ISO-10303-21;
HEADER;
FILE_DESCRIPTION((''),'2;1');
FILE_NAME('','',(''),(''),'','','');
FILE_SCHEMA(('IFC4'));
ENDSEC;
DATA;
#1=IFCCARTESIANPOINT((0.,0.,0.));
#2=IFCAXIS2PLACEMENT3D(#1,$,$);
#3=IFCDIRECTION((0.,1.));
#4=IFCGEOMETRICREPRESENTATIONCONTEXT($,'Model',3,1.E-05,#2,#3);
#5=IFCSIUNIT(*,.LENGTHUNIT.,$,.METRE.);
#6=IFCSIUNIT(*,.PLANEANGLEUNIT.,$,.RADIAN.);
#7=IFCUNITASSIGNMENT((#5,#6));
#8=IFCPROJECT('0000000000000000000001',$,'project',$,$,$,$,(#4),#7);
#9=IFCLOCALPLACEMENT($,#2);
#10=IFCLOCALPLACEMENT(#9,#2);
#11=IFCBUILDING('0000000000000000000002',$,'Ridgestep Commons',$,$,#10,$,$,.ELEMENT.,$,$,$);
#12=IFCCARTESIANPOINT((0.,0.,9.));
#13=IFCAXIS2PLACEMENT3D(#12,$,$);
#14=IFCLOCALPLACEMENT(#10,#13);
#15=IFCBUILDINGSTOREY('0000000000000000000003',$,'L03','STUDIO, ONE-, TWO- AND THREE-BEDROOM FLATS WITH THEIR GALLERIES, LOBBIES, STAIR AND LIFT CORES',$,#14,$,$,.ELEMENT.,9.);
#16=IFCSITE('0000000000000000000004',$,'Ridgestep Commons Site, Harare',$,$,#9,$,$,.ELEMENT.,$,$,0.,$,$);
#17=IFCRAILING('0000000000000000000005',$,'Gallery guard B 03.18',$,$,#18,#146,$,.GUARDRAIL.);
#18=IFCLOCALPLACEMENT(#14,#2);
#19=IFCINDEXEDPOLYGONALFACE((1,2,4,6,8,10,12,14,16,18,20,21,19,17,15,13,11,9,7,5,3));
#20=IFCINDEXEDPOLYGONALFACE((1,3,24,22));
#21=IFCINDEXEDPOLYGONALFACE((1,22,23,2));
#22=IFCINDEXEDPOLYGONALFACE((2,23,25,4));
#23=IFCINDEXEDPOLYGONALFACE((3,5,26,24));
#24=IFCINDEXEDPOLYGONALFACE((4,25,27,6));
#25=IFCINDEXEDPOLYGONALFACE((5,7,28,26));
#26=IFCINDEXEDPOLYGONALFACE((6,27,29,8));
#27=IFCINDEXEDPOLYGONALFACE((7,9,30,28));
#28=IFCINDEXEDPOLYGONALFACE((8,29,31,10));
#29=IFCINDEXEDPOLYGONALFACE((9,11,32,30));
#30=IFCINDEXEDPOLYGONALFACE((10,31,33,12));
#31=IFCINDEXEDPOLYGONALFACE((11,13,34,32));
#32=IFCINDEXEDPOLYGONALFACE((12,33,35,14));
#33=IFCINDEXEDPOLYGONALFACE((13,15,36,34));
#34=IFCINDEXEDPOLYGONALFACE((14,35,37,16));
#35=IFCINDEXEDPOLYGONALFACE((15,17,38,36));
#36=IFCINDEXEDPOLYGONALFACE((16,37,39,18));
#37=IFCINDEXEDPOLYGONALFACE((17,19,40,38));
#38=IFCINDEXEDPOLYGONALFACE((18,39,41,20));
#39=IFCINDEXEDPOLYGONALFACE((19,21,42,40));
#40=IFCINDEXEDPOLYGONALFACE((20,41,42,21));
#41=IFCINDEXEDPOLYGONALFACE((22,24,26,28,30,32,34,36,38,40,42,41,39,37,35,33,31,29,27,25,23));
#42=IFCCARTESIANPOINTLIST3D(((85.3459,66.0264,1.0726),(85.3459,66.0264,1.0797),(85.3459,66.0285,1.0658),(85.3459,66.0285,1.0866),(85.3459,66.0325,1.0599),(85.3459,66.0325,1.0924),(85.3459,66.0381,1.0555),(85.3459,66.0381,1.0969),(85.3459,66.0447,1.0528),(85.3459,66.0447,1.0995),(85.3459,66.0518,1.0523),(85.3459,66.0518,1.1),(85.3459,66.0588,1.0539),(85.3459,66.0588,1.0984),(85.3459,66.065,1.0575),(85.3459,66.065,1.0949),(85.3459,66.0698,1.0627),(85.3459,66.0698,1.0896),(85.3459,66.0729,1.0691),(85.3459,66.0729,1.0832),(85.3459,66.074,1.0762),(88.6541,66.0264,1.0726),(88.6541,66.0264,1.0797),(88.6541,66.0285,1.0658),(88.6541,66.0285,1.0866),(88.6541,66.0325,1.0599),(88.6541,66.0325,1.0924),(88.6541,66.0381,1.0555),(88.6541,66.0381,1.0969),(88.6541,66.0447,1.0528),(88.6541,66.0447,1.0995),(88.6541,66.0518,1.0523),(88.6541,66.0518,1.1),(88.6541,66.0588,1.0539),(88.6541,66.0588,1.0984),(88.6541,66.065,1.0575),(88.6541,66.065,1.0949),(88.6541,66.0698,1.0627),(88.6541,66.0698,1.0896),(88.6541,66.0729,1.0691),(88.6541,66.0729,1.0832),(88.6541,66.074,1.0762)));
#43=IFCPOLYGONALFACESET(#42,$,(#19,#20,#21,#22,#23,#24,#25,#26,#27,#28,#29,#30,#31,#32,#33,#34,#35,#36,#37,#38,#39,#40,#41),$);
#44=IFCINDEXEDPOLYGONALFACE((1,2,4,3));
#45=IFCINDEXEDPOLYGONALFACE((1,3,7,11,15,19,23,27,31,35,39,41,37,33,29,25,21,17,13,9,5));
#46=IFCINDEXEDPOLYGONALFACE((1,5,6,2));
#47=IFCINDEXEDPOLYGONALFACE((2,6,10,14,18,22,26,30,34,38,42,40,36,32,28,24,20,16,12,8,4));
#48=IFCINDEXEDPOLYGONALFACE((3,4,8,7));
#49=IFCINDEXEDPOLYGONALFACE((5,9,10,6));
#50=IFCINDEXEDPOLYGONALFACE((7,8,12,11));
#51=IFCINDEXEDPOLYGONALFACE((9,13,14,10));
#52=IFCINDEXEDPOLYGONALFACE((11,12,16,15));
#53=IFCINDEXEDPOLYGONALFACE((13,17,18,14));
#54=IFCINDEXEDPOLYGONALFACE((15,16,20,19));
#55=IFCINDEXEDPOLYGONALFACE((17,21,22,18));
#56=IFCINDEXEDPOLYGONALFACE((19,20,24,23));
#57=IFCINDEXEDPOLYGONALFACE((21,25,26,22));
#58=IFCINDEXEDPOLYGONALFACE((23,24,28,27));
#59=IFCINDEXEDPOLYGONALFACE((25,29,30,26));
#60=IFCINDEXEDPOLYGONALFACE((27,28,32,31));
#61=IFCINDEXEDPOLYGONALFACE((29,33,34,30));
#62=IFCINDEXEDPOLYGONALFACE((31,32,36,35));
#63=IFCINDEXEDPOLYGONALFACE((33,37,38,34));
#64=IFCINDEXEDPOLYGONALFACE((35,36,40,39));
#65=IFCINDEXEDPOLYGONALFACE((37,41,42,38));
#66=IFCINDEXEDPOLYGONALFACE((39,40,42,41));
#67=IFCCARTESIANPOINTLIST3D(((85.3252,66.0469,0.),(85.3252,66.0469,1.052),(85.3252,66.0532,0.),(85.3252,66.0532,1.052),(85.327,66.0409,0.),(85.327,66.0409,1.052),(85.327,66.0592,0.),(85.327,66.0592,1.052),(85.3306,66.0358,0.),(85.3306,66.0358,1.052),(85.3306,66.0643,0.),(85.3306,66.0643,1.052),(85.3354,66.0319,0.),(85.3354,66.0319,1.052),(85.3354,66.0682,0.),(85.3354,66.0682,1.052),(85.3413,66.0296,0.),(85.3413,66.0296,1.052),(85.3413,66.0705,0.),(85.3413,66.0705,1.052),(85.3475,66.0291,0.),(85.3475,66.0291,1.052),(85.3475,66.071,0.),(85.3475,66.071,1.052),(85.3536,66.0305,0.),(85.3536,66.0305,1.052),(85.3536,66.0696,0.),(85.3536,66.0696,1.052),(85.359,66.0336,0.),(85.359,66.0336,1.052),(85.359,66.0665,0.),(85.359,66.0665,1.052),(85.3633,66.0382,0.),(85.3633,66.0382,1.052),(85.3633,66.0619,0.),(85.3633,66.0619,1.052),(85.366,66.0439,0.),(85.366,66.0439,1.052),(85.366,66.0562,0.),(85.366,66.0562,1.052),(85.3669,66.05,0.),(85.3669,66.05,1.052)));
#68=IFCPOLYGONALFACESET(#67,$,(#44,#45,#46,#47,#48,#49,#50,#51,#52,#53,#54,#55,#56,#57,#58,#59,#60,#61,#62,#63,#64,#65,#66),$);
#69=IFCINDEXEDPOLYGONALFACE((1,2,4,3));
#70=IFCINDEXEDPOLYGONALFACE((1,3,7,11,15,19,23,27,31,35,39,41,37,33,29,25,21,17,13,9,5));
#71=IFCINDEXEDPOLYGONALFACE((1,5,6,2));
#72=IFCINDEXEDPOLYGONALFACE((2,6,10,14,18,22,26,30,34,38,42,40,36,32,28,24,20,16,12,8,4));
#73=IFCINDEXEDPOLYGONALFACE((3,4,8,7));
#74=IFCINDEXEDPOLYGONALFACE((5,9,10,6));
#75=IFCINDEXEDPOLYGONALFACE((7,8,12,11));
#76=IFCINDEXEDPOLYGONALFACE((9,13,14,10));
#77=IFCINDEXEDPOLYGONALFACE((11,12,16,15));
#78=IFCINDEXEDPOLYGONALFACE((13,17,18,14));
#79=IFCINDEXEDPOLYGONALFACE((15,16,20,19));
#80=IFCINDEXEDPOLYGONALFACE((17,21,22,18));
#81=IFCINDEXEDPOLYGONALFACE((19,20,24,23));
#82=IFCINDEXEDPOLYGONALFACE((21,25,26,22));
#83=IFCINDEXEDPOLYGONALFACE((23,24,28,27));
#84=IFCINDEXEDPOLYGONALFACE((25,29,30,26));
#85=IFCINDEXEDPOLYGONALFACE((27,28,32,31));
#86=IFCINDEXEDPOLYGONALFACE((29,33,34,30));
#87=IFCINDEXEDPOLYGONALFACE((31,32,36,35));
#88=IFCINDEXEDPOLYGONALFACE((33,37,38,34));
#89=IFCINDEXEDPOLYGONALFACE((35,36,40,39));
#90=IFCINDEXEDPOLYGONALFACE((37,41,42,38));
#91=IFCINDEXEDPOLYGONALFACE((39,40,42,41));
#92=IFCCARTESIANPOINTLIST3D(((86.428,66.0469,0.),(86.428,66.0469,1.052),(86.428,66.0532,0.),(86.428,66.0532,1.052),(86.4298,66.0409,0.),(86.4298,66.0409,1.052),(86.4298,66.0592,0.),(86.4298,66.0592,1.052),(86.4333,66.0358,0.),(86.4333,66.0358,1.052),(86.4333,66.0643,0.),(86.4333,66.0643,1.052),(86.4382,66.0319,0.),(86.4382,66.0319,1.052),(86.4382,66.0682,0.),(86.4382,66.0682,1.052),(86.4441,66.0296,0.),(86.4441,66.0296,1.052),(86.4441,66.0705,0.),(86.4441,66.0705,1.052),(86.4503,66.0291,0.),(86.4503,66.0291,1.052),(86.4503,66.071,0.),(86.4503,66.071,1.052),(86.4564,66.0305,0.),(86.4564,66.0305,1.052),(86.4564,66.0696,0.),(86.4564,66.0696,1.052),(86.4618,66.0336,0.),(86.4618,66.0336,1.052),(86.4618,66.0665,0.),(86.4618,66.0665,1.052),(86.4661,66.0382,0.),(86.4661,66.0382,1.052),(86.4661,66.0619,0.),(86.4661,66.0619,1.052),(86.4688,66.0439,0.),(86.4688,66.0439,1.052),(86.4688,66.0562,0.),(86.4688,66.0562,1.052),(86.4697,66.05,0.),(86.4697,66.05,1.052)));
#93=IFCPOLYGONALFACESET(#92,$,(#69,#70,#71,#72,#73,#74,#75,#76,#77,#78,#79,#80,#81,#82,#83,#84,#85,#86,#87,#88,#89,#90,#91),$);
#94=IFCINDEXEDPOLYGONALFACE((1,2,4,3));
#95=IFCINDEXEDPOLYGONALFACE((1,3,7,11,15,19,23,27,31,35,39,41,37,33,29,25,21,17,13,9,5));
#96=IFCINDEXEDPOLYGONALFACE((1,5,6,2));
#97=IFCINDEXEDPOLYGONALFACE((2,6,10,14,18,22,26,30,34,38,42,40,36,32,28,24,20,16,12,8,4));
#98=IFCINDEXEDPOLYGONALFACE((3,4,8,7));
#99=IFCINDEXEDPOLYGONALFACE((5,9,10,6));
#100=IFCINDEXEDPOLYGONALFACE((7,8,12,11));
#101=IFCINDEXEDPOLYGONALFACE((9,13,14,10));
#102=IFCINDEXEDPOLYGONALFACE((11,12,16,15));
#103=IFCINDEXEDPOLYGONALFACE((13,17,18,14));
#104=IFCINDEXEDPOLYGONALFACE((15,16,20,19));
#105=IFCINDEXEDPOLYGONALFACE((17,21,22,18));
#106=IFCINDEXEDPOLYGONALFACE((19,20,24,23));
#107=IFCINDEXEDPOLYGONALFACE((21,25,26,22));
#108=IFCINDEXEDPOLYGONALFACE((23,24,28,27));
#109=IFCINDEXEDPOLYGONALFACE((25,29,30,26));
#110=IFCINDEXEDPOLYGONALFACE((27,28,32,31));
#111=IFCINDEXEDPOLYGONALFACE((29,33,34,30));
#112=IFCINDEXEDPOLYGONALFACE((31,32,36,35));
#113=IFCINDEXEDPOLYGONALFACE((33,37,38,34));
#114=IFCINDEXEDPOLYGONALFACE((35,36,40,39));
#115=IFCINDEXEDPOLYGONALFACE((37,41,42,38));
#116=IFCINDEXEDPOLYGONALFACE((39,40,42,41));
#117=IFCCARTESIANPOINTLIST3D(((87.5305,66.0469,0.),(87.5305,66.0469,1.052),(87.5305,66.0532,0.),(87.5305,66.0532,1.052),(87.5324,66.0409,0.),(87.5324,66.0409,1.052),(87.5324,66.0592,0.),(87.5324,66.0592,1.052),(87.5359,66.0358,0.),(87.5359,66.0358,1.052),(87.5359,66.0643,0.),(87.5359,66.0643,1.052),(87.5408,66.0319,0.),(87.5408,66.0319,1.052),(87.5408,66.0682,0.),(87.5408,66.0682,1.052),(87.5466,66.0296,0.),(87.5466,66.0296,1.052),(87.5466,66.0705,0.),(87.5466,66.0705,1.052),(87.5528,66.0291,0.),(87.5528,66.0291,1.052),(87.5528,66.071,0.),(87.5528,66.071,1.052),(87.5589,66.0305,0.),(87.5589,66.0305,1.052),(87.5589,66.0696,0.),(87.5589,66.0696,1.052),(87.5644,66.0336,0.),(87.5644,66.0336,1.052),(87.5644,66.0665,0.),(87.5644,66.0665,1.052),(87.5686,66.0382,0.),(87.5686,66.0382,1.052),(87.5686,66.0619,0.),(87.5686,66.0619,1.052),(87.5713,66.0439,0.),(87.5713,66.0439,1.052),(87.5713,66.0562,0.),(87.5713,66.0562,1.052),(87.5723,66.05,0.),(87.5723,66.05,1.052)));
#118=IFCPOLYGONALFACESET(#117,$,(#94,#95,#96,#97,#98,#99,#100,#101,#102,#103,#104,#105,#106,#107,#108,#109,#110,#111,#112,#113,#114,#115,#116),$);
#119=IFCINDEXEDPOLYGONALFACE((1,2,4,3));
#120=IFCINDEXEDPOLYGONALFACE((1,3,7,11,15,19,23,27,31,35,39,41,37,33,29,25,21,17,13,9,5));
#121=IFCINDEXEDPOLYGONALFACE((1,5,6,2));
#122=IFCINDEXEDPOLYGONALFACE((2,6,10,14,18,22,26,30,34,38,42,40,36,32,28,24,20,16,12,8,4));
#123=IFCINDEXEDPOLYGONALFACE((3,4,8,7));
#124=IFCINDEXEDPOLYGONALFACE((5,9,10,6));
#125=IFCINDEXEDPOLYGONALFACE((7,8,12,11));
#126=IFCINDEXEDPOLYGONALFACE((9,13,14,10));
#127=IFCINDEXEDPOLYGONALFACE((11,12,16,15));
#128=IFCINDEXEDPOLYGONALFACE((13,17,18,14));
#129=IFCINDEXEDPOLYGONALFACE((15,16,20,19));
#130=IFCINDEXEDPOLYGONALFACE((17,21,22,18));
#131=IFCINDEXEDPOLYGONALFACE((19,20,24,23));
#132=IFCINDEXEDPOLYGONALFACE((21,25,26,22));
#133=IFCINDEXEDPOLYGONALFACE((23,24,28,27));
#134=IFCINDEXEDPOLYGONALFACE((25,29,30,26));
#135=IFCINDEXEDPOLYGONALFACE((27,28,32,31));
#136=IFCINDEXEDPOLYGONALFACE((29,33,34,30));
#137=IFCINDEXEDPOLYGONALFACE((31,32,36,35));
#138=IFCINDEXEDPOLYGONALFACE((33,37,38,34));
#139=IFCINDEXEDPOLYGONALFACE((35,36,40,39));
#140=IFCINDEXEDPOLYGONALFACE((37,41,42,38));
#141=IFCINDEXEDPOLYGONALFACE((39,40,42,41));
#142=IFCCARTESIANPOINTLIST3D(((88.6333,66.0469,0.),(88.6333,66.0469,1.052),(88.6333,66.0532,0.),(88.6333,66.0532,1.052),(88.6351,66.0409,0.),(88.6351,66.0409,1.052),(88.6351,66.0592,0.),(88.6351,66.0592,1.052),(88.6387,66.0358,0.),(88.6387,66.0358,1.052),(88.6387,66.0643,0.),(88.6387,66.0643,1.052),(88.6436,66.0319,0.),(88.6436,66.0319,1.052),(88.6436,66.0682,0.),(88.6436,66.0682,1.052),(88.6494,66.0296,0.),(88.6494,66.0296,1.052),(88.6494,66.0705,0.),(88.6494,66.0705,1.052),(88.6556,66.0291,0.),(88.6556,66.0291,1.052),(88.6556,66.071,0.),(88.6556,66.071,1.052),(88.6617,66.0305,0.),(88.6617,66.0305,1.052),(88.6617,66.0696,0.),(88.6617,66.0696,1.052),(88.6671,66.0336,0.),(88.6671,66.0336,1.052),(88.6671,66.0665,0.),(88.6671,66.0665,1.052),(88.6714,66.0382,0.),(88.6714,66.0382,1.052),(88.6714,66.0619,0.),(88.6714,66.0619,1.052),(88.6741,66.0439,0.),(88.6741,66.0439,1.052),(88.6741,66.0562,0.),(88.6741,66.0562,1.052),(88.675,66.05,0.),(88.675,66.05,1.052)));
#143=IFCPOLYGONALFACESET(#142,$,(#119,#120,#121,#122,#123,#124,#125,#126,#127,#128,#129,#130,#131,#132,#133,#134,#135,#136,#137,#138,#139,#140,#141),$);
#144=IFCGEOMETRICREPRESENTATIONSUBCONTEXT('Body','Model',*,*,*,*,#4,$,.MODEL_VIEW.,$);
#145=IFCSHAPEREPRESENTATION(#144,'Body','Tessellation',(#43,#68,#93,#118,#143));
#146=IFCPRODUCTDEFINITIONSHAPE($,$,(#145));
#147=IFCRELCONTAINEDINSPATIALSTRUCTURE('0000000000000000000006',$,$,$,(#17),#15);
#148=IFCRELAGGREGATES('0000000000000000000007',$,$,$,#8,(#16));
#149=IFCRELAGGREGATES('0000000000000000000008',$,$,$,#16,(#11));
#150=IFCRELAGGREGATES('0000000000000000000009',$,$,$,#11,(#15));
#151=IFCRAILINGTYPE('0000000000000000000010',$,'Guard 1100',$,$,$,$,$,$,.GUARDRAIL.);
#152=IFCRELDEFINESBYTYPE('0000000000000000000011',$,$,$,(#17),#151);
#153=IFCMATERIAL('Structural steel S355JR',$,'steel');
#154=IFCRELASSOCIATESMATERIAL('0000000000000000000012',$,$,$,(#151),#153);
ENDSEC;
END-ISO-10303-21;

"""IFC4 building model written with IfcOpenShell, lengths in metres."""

from ifc_helpers import new_model, si_unit, direction, frame, origin, origin_2d, place, context, subcontext, project, spatial, circle, extrude, material, type_object, element, save


model = new_model("IFC4")

# Units and contexts
model_context = context("Model", 3, precision=1e-05, world=origin(), true_north=direction((0.0, 1.0)))
body_context = subcontext(model_context, "Body", "Model", "MODEL_VIEW")
ifc_project = project(units=[si_unit("LENGTHUNIT", "METRE"), si_unit("PLANEANGLEUNIT", "RADIAN")], contexts=[model_context])

# Site, building, storey
site_placement = place(None, origin())
site = spatial("IfcSite", under=ifc_project, at=site_placement, Name="Ridgestep Commons Site, Harare", CompositionType="ELEMENT", RefElevation=0.0)
building_placement = place(site_placement, origin())
building = spatial("IfcBuilding", under=site, at=building_placement, Name="Ridgestep Commons", CompositionType="ELEMENT")
storey_placement = place(building_placement, frame((0.0, 0.0, 9.0)))
storey = spatial("IfcBuildingStorey", under=building, at=storey_placement, Name="L03", Description="STUDIO, ONE-, TWO- AND THREE-BEDROOM FLATS WITH THEIR GALLERIES, LOBBIES, STAIR AND LIFT CORES", CompositionType="ELEMENT", Elevation=9.0)

# Railing
ifc_material_1 = material(Name="Structural steel S355JR", Category="steel")
railing_type_1 = type_object("IfcRailingType", Name="Guard 1100", PredefinedType="GUARDRAIL", material=ifc_material_1)
railing_1_placement = place(storey_placement, frame((85.3459, 66.05, 0.0)))
element("IfcRailing", 1, at=railing_1_placement, inside=storey, type_object=railing_type_1, Name="Gallery guard B 03.18", PredefinedType="GUARDRAIL", context=body_context, shape_type="SweptSolid", body=[
    extrude(circle(Radius=0.0239, at=origin_2d()), frame((0.0, 0.0, 1.0762), z_axis=(1.0, 0.0, 0.0), x_axis=(0.0, 1.0, 0.0)), (0.0, 0.0, 1.0), 3.3081),
    extrude(circle(Radius=0.021, at=origin_2d()), origin(), (0.0, 0.0, 1.0), 1.052),
    extrude(circle(Radius=0.021, at=origin_2d()), frame((1.1028, 0.0, 0.0)), (0.0, 0.0, 1.0), 1.052),
    extrude(circle(Radius=0.021, at=origin_2d()), frame((2.2053, 0.0, 0.0)), (0.0, 0.0, 1.0), 1.052),
    extrude(circle(Radius=0.021, at=origin_2d()), frame((3.3081, 0.0, 0.0)), (0.0, 0.0, 1.0), 1.052),
])

save(model, "model.ifc")
